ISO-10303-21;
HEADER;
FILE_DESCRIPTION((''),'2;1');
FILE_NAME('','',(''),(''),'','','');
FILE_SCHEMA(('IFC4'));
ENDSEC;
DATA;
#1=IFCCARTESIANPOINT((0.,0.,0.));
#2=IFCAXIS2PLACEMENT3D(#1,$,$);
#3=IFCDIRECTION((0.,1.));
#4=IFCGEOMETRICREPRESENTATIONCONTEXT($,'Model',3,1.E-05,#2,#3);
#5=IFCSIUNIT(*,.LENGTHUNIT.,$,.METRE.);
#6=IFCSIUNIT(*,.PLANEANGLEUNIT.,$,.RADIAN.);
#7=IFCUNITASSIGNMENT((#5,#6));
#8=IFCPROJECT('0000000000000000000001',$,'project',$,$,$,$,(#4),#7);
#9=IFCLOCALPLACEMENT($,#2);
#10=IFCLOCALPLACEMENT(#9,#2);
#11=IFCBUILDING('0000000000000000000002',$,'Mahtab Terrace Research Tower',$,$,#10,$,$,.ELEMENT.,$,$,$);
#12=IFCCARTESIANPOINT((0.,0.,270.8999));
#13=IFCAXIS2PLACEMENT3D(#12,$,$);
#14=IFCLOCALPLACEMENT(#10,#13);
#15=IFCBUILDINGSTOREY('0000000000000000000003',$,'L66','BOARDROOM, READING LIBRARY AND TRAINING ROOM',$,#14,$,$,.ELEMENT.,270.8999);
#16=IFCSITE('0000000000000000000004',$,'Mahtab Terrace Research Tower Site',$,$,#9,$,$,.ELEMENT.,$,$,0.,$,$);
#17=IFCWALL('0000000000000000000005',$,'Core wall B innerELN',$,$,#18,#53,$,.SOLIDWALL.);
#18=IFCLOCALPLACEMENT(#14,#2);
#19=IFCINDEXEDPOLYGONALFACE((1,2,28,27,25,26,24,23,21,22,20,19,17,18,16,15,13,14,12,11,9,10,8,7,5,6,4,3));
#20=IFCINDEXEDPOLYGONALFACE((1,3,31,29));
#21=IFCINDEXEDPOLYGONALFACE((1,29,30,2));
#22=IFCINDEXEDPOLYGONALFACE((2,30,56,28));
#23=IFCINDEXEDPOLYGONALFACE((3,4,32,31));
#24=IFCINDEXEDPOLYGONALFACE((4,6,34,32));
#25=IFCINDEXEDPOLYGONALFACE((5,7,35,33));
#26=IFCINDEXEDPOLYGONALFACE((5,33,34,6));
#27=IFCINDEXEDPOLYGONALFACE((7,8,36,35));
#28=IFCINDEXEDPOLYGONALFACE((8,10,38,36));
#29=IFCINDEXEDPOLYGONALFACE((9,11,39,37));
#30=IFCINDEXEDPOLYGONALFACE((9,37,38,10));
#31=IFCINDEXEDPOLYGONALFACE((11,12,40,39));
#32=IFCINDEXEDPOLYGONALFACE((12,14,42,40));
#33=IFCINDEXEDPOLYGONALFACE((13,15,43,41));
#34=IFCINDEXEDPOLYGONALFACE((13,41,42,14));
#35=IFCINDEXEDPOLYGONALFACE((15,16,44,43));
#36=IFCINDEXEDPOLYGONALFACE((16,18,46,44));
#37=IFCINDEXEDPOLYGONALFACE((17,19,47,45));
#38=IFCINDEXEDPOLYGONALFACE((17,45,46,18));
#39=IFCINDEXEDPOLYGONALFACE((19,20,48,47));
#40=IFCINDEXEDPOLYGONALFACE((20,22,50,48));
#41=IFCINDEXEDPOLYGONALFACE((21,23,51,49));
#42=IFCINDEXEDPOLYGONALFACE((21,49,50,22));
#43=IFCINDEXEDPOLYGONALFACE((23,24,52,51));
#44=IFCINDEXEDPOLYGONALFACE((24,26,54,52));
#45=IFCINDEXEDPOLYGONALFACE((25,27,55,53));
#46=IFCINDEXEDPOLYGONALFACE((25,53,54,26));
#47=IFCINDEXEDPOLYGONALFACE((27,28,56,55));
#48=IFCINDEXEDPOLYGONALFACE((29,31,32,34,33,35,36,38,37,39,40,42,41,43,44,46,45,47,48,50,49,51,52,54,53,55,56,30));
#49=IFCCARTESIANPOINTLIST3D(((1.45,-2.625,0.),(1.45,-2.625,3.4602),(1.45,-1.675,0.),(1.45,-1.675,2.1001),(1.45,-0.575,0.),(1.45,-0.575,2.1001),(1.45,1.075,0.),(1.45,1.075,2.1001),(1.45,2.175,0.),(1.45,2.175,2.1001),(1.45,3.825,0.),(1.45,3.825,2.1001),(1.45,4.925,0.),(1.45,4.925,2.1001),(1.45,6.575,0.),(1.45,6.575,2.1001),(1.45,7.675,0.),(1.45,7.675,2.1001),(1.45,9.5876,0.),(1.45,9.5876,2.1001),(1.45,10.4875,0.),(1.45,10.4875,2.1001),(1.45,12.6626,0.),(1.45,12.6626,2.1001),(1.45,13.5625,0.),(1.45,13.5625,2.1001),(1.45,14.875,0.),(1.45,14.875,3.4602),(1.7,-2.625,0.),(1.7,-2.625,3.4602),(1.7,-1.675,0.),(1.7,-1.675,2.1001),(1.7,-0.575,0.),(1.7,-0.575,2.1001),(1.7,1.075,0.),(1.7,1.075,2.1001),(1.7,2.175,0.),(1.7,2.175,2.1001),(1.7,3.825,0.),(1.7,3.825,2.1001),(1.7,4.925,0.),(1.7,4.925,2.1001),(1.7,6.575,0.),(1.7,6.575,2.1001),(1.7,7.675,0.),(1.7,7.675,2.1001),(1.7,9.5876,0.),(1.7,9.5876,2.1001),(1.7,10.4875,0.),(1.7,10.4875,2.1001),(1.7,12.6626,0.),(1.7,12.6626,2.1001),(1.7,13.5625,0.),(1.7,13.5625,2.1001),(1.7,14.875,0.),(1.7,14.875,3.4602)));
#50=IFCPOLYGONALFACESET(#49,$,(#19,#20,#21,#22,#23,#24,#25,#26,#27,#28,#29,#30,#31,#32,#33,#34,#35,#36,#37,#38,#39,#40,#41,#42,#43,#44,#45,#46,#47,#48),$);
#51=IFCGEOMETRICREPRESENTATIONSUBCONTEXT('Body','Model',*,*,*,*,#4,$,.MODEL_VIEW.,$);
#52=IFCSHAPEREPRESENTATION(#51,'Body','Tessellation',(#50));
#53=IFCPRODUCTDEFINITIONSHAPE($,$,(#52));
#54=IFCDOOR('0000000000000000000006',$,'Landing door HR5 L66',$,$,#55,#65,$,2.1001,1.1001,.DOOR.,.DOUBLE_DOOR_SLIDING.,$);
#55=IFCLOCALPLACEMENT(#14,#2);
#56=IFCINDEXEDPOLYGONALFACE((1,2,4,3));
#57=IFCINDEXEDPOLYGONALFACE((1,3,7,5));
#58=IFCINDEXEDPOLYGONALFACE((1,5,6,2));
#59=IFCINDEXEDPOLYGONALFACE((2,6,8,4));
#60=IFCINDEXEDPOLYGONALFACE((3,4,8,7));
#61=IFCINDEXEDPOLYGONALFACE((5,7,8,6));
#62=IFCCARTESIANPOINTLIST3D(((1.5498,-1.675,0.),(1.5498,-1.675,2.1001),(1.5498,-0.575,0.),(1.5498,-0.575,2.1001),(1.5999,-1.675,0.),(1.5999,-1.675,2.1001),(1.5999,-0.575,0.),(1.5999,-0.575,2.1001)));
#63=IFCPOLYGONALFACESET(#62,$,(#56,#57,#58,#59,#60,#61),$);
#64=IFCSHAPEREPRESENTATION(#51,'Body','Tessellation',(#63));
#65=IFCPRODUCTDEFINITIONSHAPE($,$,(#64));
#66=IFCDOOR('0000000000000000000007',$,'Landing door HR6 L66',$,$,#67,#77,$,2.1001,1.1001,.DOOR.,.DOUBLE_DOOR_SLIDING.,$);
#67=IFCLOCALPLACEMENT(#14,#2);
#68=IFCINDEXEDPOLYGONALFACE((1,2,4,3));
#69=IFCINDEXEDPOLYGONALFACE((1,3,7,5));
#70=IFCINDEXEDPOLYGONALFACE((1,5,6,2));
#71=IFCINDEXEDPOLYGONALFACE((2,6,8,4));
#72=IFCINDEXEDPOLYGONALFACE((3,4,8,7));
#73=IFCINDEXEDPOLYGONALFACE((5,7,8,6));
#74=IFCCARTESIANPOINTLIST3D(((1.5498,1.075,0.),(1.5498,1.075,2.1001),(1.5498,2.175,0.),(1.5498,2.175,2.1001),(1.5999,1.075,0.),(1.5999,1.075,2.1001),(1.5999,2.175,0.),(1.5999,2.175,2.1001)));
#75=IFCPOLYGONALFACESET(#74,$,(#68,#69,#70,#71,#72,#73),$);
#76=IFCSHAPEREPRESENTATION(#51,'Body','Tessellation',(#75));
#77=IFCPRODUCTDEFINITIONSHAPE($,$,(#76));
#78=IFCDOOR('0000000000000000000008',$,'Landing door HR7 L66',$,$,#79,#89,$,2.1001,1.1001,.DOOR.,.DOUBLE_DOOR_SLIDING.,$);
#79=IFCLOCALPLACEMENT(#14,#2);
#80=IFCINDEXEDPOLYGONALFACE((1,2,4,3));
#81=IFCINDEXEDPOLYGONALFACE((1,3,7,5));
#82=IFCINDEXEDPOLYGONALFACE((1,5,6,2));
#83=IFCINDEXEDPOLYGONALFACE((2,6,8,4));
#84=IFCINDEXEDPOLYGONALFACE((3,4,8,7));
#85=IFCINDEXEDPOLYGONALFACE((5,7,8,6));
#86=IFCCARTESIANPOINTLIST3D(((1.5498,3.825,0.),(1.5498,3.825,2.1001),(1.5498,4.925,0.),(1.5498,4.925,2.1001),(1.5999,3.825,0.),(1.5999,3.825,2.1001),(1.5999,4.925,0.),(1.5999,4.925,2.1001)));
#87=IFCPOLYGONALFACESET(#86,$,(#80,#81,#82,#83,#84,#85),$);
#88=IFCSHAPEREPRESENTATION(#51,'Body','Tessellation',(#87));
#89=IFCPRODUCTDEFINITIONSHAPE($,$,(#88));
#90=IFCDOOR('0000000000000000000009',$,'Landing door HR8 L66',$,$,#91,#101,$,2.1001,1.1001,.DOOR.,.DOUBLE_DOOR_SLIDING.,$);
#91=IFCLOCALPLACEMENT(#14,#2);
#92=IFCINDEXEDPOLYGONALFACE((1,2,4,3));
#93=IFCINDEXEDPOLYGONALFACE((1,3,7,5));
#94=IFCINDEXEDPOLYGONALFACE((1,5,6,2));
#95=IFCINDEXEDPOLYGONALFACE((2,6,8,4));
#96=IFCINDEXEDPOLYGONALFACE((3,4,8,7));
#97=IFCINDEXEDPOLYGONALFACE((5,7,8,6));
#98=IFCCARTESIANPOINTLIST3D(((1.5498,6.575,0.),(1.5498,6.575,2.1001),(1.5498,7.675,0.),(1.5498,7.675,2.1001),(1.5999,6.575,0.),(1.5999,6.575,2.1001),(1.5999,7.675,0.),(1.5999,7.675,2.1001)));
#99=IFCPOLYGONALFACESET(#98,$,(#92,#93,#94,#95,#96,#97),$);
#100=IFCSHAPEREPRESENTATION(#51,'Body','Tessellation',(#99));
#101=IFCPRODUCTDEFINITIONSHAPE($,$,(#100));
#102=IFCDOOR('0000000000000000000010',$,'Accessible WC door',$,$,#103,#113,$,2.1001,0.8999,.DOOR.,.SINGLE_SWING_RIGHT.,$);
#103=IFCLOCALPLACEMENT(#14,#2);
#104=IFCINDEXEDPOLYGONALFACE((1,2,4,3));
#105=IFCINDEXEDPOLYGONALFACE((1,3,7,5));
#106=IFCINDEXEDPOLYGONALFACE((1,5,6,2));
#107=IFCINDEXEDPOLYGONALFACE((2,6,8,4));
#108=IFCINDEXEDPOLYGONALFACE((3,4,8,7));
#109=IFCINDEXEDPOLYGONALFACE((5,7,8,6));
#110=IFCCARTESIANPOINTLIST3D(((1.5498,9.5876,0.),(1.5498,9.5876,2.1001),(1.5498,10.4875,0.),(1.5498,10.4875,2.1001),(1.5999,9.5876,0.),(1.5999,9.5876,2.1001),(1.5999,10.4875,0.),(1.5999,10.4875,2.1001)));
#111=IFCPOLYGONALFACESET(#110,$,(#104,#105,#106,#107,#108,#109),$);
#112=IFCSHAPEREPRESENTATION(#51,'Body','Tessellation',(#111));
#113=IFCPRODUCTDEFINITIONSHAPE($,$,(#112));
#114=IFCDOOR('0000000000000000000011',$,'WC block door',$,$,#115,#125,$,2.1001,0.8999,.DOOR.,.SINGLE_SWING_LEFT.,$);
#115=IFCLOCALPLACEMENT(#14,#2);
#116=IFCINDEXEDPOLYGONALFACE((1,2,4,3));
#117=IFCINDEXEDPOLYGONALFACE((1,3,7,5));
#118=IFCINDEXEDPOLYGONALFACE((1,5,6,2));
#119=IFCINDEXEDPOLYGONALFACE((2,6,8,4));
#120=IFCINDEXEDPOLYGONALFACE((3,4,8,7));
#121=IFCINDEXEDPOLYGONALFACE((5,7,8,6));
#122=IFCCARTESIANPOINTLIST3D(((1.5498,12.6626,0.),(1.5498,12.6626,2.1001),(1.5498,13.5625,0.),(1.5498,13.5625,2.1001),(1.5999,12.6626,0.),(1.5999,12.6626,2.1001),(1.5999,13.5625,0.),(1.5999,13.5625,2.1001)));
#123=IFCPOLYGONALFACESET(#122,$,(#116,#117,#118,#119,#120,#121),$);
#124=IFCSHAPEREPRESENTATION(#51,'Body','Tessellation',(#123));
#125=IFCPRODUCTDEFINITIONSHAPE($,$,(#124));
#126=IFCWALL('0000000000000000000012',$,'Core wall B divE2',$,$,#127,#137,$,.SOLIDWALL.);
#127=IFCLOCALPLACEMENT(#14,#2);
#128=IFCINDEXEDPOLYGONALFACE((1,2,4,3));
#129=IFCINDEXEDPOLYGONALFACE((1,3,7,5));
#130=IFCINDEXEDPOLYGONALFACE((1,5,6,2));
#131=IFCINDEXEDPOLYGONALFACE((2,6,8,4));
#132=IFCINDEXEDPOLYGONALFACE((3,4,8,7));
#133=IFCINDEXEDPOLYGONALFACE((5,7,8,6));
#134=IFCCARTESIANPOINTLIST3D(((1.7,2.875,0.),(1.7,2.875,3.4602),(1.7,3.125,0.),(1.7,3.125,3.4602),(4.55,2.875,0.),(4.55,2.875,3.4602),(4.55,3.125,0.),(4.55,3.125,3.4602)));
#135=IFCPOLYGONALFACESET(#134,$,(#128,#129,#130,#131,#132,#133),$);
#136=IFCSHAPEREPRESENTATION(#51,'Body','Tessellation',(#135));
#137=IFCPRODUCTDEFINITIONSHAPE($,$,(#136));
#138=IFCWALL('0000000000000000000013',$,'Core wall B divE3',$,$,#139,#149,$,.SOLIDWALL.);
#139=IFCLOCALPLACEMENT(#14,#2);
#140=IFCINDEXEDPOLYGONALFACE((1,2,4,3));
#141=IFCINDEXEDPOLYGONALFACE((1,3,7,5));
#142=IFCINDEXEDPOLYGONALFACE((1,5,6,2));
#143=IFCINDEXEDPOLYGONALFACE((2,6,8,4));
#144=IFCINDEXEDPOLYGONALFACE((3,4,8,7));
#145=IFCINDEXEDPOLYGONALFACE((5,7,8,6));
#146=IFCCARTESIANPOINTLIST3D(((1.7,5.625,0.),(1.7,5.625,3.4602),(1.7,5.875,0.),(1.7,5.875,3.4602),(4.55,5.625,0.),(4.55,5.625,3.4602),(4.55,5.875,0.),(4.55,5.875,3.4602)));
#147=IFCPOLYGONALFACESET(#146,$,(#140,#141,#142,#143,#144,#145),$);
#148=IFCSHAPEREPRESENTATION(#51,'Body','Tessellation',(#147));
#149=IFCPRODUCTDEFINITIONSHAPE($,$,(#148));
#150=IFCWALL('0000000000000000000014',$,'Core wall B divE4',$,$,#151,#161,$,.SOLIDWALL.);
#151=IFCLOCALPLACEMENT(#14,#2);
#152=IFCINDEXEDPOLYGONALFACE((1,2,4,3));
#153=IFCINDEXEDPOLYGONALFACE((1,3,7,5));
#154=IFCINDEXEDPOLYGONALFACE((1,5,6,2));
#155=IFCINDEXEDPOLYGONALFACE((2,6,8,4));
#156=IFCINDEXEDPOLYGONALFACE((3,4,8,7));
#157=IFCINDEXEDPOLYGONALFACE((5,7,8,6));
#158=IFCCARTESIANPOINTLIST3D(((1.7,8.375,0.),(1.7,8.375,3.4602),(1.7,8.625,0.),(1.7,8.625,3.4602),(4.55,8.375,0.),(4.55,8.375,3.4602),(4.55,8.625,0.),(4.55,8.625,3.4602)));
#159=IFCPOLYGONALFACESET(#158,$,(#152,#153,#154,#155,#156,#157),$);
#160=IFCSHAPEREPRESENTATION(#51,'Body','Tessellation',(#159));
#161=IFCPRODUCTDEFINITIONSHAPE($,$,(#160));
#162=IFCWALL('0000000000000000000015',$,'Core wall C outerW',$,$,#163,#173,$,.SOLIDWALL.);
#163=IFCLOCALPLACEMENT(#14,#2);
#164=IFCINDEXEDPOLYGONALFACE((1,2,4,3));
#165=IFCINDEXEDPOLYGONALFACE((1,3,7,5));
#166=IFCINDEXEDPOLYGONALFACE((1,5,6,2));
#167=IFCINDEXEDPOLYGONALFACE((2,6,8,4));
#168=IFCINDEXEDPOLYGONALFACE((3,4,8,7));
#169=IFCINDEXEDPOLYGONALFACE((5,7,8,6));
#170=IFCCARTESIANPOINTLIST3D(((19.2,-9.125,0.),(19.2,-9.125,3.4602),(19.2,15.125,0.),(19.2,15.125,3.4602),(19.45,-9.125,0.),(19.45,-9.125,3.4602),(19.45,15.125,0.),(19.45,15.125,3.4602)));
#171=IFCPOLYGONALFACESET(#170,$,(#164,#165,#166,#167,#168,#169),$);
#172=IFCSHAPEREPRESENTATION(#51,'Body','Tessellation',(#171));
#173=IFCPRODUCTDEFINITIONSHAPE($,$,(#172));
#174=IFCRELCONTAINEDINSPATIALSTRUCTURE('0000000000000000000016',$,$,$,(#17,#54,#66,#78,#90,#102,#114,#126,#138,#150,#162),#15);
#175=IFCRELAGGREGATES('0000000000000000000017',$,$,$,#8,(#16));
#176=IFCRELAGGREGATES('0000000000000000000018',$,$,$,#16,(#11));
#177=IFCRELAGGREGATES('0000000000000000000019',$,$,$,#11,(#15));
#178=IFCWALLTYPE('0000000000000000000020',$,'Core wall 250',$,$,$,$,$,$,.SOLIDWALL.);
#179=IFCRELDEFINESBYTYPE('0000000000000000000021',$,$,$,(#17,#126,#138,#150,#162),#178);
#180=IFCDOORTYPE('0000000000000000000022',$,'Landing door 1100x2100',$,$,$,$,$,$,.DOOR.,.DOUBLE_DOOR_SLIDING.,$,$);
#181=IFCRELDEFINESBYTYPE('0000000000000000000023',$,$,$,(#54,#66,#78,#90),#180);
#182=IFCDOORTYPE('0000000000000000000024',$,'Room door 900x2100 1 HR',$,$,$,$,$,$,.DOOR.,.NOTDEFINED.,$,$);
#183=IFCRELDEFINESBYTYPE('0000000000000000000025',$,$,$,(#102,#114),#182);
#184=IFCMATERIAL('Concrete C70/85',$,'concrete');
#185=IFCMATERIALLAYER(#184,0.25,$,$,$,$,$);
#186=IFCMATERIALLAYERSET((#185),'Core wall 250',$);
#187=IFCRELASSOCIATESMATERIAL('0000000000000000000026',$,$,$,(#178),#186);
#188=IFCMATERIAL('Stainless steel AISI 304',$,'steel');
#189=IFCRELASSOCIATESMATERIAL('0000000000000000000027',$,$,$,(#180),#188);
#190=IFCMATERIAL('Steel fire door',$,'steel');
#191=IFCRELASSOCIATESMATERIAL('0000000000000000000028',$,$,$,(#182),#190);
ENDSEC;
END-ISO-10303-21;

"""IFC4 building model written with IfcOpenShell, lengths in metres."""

from ifc_helpers import new_model, si_unit, direction, frame, frame_2d, origin, place, context, subcontext, project, spatial, rectangle, extrude, material, layer, layer_set, type_object, element, fill, save


model = new_model("IFC4")

# Units and contexts
model_context = context("Model", 3, precision=1e-05, world=origin(), true_north=direction((0.0, 1.0)))
body_context = subcontext(model_context, "Body", "Model", "MODEL_VIEW")
ifc_project = project(units=[si_unit("LENGTHUNIT", "METRE"), si_unit("PLANEANGLEUNIT", "RADIAN")], contexts=[model_context])

# Site, building, storey
site_placement = place(None, origin())
site = spatial("IfcSite", under=ifc_project, at=site_placement, Name="Mahtab Terrace Research Tower Site", CompositionType="ELEMENT", RefElevation=0.0)
building_placement = place(site_placement, origin())
building = spatial("IfcBuilding", under=site, at=building_placement, Name="Mahtab Terrace Research Tower", CompositionType="ELEMENT")
storey_placement = place(building_placement, frame((0.0, 0.0, 270.8999)))
storey = spatial("IfcBuildingStorey", under=building, at=storey_placement, Name="L66", Description="BOARDROOM, READING LIBRARY AND TRAINING ROOM", CompositionType="ELEMENT", Elevation=270.8999)

# Shared definitions
ifc_material_1 = material(Name="Concrete C70/85", Category="concrete")

# Wall, openings, doors
ifc_layer_1 = layer(ifc_material_1, 0.25)
ifc_layer_set_1 = layer_set([ifc_layer_1], Name="Core wall 250")
wall_type_1 = type_object("IfcWallType", Name="Core wall 250", PredefinedType="SOLIDWALL", material=ifc_layer_set_1)
wall_1_placement = place(storey_placement, frame((1.575, 14.875, 0.0), z_axis=(0.0, 0.0, 1.0), x_axis=(0.0, -1.0, 0.0)))
wall_1 = element("IfcWall", 1, at=wall_1_placement, inside=storey, type_object=wall_type_1, Name="Core wall B innerELN", PredefinedType="SOLIDWALL", context=body_context, shape_type="SweptSolid", body=[
    extrude(rectangle(XDim=17.5, YDim=0.25, at=frame_2d((8.75, 0.0))), origin(), (0.0, 0.0, 1.0), 3.4602),
])
opening_1_placement = place(wall_1_placement, frame((15.45, 0.0, 0.0)))
opening_1 = element("IfcOpeningElement", 2, at=opening_1_placement, cuts=wall_1, PredefinedType="OPENING", context=body_context, shape_type="SweptSolid", body=[
    extrude(rectangle(XDim=1.1001, YDim=2.1001, at=frame_2d((0.55, 1.05))), frame((0.0, 0.135, 0.0), z_axis=(0.0, -1.0, 0.0), x_axis=(1.0, 0.0, 0.0)), (0.0, 0.0, 1.0), 0.27),
])
opening_2_placement = place(wall_1_placement, frame((12.7, 0.0, 0.0)))
opening_2 = element("IfcOpeningElement", 3, at=opening_2_placement, cuts=wall_1, PredefinedType="OPENING", context=body_context, shape_type="SweptSolid", body=[
    extrude(rectangle(XDim=1.1001, YDim=2.1001, at=frame_2d((0.55, 1.05))), frame((0.0, 0.135, 0.0), z_axis=(0.0, -1.0, 0.0), x_axis=(1.0, 0.0, 0.0)), (0.0, 0.0, 1.0), 0.27),
])
opening_3_placement = place(wall_1_placement, frame((9.95, 0.0, 0.0)))
opening_3 = element("IfcOpeningElement", 4, at=opening_3_placement, cuts=wall_1, PredefinedType="OPENING", context=body_context, shape_type="SweptSolid", body=[
    extrude(rectangle(XDim=1.1001, YDim=2.1001, at=frame_2d((0.55, 1.05))), frame((0.0, 0.135, 0.0), z_axis=(0.0, -1.0, 0.0), x_axis=(1.0, 0.0, 0.0)), (0.0, 0.0, 1.0), 0.27),
])
opening_4_placement = place(wall_1_placement, frame((7.2, 0.0, 0.0)))
opening_4 = element("IfcOpeningElement", 5, at=opening_4_placement, cuts=wall_1, PredefinedType="OPENING", context=body_context, shape_type="SweptSolid", body=[
    extrude(rectangle(XDim=1.1001, YDim=2.1001, at=frame_2d((0.55, 1.05))), frame((0.0, 0.135, 0.0), z_axis=(0.0, -1.0, 0.0), x_axis=(1.0, 0.0, 0.0)), (0.0, 0.0, 1.0), 0.27),
])
opening_5_placement = place(wall_1_placement, frame((4.3875, 0.0, 0.0)))
opening_5 = element("IfcOpeningElement", 6, at=opening_5_placement, cuts=wall_1, PredefinedType="OPENING", context=body_context, shape_type="SweptSolid", body=[
    extrude(rectangle(XDim=0.8999, YDim=2.1001, at=frame_2d((0.45, 1.05))), frame((0.0, 0.135, 0.0), z_axis=(0.0, -1.0, 0.0), x_axis=(1.0, 0.0, 0.0)), (0.0, 0.0, 1.0), 0.27),
])
opening_6_placement = place(wall_1_placement, frame((1.3125, 0.0, 0.0)))
opening_6 = element("IfcOpeningElement", 7, at=opening_6_placement, cuts=wall_1, PredefinedType="OPENING", context=body_context, shape_type="SweptSolid", body=[
    extrude(rectangle(XDim=0.8999, YDim=2.1001, at=frame_2d((0.45, 1.05))), frame((0.0, 0.135, 0.0), z_axis=(0.0, -1.0, 0.0), x_axis=(1.0, 0.0, 0.0)), (0.0, 0.0, 1.0), 0.27),
])
ifc_material_2 = material(Name="Stainless steel AISI 304", Category="steel")
door_type_1 = type_object("IfcDoorType", Name="Landing door 1100x2100", OperationType="DOUBLE_DOOR_SLIDING", PredefinedType="DOOR", material=ifc_material_2)
door_1_placement = place(opening_1_placement, origin())
door_1 = element("IfcDoor", 8, at=door_1_placement, inside=storey, type_object=door_type_1, Name="Landing door HR5 L66", OperationType="DOUBLE_DOOR_SLIDING", OverallHeight=2.1001, OverallWidth=1.1001, PredefinedType="DOOR", context=body_context, shape_type="SweptSolid", body=[
    extrude(rectangle(XDim=1.1001, YDim=2.1001, at=frame_2d((0.55, 1.05))), frame((0.0, 0.0249, 0.0), z_axis=(0.0, -1.0, 0.0), x_axis=(1.0, 0.0, 0.0)), (0.0, 0.0, 1.0), 0.05),
])
fill(opening_1, door_1)
door_2_placement = place(opening_2_placement, origin())
door_2 = element("IfcDoor", 9, at=door_2_placement, inside=storey, type_object=door_type_1, Name="Landing door HR6 L66", OperationType="DOUBLE_DOOR_SLIDING", OverallHeight=2.1001, OverallWidth=1.1001, PredefinedType="DOOR", context=body_context, shape_type="SweptSolid", body=[
    extrude(rectangle(XDim=1.1001, YDim=2.1001, at=frame_2d((0.55, 1.05))), frame((0.0, 0.0249, 0.0), z_axis=(0.0, -1.0, 0.0), x_axis=(1.0, 0.0, 0.0)), (0.0, 0.0, 1.0), 0.05),
])
fill(opening_2, door_2)
door_3_placement = place(opening_3_placement, origin())
door_3 = element("IfcDoor", 10, at=door_3_placement, inside=storey, type_object=door_type_1, Name="Landing door HR7 L66", OperationType="DOUBLE_DOOR_SLIDING", OverallHeight=2.1001, OverallWidth=1.1001, PredefinedType="DOOR", context=body_context, shape_type="SweptSolid", body=[
    extrude(rectangle(XDim=1.1001, YDim=2.1001, at=frame_2d((0.55, 1.05))), frame((0.0, 0.0249, 0.0), z_axis=(0.0, -1.0, 0.0), x_axis=(1.0, 0.0, 0.0)), (0.0, 0.0, 1.0), 0.05),
])
fill(opening_3, door_3)
door_4_placement = place(opening_4_placement, origin())
door_4 = element("IfcDoor", 11, at=door_4_placement, inside=storey, type_object=door_type_1, Name="Landing door HR8 L66", OperationType="DOUBLE_DOOR_SLIDING", OverallHeight=2.1001, OverallWidth=1.1001, PredefinedType="DOOR", context=body_context, shape_type="SweptSolid", body=[
    extrude(rectangle(XDim=1.1001, YDim=2.1001, at=frame_2d((0.55, 1.05))), frame((0.0, 0.0249, 0.0), z_axis=(0.0, -1.0, 0.0), x_axis=(1.0, 0.0, 0.0)), (0.0, 0.0, 1.0), 0.05),
])
fill(opening_4, door_4)
ifc_material_3 = material(Name="Steel fire door", Category="steel")
door_type_2 = type_object("IfcDoorType", Name="Room door 900x2100 1 HR", OperationType="NOTDEFINED", PredefinedType="DOOR", material=ifc_material_3)
door_5_placement = place(opening_5_placement, origin())
door_5 = element("IfcDoor", 12, at=door_5_placement, inside=storey, type_object=door_type_2, Name="Accessible WC door", OperationType="SINGLE_SWING_RIGHT", OverallHeight=2.1001, OverallWidth=0.8999, PredefinedType="DOOR", context=body_context, shape_type="SweptSolid", body=[
    extrude(rectangle(XDim=0.8999, YDim=2.1001, at=frame_2d((0.45, 1.05))), frame((0.0, 0.0249, 0.0), z_axis=(0.0, -1.0, 0.0), x_axis=(1.0, 0.0, 0.0)), (0.0, 0.0, 1.0), 0.05),
])
fill(opening_5, door_5)
door_6_placement = place(opening_6_placement, origin())
door_6 = element("IfcDoor", 13, at=door_6_placement, inside=storey, type_object=door_type_2, Name="WC block door", OperationType="SINGLE_SWING_LEFT", OverallHeight=2.1001, OverallWidth=0.8999, PredefinedType="DOOR", context=body_context, shape_type="SweptSolid", body=[
    extrude(rectangle(XDim=0.8999, YDim=2.1001, at=frame_2d((0.45, 1.05))), frame((0.0, 0.0249, 0.0), z_axis=(0.0, -1.0, 0.0), x_axis=(1.0, 0.0, 0.0)), (0.0, 0.0, 1.0), 0.05),
])
fill(opening_6, door_6)

# Walls
for number, where, z_axis, x_axis, name in (
    (14, (1.7, 3.0, 0.0), (0.0, 0.0, 1.0), (1.0, 0.0, 0.0), "Core wall B divE2"),
    (15, (1.7, 5.75, 0.0), (0.0, 0.0, 1.0), (1.0, 0.0, 0.0), "Core wall B divE3"),
    (16, (1.7, 8.5, 0.0), (0.0, 0.0, 1.0), (1.0, 0.0, 0.0), "Core wall B divE4"),
):
    element("IfcWall", number, at=place(storey_placement, frame(where, z_axis=z_axis, x_axis=x_axis)), inside=storey, type_object=wall_type_1, Name=name, PredefinedType="SOLIDWALL", context=body_context, shape_type="SweptSolid", body=[
        extrude(rectangle(XDim=2.8501, YDim=0.25, at=frame_2d((1.425, 0.0))), origin(), (0.0, 0.0, 1.0), 3.4602),
    ])
wall_2_placement = place(storey_placement, frame((19.325, 15.125, 0.0), z_axis=(0.0, 0.0, 1.0), x_axis=(0.0, -1.0, 0.0)))
element("IfcWall", 17, at=wall_2_placement, inside=storey, type_object=wall_type_1, Name="Core wall C outerW", PredefinedType="SOLIDWALL", context=body_context, shape_type="SweptSolid", body=[
    extrude(rectangle(XDim=24.25, YDim=0.25, at=frame_2d((12.125, 0.0))), origin(), (0.0, 0.0, 1.0), 3.4602),
])

save(model, "model.ifc")
